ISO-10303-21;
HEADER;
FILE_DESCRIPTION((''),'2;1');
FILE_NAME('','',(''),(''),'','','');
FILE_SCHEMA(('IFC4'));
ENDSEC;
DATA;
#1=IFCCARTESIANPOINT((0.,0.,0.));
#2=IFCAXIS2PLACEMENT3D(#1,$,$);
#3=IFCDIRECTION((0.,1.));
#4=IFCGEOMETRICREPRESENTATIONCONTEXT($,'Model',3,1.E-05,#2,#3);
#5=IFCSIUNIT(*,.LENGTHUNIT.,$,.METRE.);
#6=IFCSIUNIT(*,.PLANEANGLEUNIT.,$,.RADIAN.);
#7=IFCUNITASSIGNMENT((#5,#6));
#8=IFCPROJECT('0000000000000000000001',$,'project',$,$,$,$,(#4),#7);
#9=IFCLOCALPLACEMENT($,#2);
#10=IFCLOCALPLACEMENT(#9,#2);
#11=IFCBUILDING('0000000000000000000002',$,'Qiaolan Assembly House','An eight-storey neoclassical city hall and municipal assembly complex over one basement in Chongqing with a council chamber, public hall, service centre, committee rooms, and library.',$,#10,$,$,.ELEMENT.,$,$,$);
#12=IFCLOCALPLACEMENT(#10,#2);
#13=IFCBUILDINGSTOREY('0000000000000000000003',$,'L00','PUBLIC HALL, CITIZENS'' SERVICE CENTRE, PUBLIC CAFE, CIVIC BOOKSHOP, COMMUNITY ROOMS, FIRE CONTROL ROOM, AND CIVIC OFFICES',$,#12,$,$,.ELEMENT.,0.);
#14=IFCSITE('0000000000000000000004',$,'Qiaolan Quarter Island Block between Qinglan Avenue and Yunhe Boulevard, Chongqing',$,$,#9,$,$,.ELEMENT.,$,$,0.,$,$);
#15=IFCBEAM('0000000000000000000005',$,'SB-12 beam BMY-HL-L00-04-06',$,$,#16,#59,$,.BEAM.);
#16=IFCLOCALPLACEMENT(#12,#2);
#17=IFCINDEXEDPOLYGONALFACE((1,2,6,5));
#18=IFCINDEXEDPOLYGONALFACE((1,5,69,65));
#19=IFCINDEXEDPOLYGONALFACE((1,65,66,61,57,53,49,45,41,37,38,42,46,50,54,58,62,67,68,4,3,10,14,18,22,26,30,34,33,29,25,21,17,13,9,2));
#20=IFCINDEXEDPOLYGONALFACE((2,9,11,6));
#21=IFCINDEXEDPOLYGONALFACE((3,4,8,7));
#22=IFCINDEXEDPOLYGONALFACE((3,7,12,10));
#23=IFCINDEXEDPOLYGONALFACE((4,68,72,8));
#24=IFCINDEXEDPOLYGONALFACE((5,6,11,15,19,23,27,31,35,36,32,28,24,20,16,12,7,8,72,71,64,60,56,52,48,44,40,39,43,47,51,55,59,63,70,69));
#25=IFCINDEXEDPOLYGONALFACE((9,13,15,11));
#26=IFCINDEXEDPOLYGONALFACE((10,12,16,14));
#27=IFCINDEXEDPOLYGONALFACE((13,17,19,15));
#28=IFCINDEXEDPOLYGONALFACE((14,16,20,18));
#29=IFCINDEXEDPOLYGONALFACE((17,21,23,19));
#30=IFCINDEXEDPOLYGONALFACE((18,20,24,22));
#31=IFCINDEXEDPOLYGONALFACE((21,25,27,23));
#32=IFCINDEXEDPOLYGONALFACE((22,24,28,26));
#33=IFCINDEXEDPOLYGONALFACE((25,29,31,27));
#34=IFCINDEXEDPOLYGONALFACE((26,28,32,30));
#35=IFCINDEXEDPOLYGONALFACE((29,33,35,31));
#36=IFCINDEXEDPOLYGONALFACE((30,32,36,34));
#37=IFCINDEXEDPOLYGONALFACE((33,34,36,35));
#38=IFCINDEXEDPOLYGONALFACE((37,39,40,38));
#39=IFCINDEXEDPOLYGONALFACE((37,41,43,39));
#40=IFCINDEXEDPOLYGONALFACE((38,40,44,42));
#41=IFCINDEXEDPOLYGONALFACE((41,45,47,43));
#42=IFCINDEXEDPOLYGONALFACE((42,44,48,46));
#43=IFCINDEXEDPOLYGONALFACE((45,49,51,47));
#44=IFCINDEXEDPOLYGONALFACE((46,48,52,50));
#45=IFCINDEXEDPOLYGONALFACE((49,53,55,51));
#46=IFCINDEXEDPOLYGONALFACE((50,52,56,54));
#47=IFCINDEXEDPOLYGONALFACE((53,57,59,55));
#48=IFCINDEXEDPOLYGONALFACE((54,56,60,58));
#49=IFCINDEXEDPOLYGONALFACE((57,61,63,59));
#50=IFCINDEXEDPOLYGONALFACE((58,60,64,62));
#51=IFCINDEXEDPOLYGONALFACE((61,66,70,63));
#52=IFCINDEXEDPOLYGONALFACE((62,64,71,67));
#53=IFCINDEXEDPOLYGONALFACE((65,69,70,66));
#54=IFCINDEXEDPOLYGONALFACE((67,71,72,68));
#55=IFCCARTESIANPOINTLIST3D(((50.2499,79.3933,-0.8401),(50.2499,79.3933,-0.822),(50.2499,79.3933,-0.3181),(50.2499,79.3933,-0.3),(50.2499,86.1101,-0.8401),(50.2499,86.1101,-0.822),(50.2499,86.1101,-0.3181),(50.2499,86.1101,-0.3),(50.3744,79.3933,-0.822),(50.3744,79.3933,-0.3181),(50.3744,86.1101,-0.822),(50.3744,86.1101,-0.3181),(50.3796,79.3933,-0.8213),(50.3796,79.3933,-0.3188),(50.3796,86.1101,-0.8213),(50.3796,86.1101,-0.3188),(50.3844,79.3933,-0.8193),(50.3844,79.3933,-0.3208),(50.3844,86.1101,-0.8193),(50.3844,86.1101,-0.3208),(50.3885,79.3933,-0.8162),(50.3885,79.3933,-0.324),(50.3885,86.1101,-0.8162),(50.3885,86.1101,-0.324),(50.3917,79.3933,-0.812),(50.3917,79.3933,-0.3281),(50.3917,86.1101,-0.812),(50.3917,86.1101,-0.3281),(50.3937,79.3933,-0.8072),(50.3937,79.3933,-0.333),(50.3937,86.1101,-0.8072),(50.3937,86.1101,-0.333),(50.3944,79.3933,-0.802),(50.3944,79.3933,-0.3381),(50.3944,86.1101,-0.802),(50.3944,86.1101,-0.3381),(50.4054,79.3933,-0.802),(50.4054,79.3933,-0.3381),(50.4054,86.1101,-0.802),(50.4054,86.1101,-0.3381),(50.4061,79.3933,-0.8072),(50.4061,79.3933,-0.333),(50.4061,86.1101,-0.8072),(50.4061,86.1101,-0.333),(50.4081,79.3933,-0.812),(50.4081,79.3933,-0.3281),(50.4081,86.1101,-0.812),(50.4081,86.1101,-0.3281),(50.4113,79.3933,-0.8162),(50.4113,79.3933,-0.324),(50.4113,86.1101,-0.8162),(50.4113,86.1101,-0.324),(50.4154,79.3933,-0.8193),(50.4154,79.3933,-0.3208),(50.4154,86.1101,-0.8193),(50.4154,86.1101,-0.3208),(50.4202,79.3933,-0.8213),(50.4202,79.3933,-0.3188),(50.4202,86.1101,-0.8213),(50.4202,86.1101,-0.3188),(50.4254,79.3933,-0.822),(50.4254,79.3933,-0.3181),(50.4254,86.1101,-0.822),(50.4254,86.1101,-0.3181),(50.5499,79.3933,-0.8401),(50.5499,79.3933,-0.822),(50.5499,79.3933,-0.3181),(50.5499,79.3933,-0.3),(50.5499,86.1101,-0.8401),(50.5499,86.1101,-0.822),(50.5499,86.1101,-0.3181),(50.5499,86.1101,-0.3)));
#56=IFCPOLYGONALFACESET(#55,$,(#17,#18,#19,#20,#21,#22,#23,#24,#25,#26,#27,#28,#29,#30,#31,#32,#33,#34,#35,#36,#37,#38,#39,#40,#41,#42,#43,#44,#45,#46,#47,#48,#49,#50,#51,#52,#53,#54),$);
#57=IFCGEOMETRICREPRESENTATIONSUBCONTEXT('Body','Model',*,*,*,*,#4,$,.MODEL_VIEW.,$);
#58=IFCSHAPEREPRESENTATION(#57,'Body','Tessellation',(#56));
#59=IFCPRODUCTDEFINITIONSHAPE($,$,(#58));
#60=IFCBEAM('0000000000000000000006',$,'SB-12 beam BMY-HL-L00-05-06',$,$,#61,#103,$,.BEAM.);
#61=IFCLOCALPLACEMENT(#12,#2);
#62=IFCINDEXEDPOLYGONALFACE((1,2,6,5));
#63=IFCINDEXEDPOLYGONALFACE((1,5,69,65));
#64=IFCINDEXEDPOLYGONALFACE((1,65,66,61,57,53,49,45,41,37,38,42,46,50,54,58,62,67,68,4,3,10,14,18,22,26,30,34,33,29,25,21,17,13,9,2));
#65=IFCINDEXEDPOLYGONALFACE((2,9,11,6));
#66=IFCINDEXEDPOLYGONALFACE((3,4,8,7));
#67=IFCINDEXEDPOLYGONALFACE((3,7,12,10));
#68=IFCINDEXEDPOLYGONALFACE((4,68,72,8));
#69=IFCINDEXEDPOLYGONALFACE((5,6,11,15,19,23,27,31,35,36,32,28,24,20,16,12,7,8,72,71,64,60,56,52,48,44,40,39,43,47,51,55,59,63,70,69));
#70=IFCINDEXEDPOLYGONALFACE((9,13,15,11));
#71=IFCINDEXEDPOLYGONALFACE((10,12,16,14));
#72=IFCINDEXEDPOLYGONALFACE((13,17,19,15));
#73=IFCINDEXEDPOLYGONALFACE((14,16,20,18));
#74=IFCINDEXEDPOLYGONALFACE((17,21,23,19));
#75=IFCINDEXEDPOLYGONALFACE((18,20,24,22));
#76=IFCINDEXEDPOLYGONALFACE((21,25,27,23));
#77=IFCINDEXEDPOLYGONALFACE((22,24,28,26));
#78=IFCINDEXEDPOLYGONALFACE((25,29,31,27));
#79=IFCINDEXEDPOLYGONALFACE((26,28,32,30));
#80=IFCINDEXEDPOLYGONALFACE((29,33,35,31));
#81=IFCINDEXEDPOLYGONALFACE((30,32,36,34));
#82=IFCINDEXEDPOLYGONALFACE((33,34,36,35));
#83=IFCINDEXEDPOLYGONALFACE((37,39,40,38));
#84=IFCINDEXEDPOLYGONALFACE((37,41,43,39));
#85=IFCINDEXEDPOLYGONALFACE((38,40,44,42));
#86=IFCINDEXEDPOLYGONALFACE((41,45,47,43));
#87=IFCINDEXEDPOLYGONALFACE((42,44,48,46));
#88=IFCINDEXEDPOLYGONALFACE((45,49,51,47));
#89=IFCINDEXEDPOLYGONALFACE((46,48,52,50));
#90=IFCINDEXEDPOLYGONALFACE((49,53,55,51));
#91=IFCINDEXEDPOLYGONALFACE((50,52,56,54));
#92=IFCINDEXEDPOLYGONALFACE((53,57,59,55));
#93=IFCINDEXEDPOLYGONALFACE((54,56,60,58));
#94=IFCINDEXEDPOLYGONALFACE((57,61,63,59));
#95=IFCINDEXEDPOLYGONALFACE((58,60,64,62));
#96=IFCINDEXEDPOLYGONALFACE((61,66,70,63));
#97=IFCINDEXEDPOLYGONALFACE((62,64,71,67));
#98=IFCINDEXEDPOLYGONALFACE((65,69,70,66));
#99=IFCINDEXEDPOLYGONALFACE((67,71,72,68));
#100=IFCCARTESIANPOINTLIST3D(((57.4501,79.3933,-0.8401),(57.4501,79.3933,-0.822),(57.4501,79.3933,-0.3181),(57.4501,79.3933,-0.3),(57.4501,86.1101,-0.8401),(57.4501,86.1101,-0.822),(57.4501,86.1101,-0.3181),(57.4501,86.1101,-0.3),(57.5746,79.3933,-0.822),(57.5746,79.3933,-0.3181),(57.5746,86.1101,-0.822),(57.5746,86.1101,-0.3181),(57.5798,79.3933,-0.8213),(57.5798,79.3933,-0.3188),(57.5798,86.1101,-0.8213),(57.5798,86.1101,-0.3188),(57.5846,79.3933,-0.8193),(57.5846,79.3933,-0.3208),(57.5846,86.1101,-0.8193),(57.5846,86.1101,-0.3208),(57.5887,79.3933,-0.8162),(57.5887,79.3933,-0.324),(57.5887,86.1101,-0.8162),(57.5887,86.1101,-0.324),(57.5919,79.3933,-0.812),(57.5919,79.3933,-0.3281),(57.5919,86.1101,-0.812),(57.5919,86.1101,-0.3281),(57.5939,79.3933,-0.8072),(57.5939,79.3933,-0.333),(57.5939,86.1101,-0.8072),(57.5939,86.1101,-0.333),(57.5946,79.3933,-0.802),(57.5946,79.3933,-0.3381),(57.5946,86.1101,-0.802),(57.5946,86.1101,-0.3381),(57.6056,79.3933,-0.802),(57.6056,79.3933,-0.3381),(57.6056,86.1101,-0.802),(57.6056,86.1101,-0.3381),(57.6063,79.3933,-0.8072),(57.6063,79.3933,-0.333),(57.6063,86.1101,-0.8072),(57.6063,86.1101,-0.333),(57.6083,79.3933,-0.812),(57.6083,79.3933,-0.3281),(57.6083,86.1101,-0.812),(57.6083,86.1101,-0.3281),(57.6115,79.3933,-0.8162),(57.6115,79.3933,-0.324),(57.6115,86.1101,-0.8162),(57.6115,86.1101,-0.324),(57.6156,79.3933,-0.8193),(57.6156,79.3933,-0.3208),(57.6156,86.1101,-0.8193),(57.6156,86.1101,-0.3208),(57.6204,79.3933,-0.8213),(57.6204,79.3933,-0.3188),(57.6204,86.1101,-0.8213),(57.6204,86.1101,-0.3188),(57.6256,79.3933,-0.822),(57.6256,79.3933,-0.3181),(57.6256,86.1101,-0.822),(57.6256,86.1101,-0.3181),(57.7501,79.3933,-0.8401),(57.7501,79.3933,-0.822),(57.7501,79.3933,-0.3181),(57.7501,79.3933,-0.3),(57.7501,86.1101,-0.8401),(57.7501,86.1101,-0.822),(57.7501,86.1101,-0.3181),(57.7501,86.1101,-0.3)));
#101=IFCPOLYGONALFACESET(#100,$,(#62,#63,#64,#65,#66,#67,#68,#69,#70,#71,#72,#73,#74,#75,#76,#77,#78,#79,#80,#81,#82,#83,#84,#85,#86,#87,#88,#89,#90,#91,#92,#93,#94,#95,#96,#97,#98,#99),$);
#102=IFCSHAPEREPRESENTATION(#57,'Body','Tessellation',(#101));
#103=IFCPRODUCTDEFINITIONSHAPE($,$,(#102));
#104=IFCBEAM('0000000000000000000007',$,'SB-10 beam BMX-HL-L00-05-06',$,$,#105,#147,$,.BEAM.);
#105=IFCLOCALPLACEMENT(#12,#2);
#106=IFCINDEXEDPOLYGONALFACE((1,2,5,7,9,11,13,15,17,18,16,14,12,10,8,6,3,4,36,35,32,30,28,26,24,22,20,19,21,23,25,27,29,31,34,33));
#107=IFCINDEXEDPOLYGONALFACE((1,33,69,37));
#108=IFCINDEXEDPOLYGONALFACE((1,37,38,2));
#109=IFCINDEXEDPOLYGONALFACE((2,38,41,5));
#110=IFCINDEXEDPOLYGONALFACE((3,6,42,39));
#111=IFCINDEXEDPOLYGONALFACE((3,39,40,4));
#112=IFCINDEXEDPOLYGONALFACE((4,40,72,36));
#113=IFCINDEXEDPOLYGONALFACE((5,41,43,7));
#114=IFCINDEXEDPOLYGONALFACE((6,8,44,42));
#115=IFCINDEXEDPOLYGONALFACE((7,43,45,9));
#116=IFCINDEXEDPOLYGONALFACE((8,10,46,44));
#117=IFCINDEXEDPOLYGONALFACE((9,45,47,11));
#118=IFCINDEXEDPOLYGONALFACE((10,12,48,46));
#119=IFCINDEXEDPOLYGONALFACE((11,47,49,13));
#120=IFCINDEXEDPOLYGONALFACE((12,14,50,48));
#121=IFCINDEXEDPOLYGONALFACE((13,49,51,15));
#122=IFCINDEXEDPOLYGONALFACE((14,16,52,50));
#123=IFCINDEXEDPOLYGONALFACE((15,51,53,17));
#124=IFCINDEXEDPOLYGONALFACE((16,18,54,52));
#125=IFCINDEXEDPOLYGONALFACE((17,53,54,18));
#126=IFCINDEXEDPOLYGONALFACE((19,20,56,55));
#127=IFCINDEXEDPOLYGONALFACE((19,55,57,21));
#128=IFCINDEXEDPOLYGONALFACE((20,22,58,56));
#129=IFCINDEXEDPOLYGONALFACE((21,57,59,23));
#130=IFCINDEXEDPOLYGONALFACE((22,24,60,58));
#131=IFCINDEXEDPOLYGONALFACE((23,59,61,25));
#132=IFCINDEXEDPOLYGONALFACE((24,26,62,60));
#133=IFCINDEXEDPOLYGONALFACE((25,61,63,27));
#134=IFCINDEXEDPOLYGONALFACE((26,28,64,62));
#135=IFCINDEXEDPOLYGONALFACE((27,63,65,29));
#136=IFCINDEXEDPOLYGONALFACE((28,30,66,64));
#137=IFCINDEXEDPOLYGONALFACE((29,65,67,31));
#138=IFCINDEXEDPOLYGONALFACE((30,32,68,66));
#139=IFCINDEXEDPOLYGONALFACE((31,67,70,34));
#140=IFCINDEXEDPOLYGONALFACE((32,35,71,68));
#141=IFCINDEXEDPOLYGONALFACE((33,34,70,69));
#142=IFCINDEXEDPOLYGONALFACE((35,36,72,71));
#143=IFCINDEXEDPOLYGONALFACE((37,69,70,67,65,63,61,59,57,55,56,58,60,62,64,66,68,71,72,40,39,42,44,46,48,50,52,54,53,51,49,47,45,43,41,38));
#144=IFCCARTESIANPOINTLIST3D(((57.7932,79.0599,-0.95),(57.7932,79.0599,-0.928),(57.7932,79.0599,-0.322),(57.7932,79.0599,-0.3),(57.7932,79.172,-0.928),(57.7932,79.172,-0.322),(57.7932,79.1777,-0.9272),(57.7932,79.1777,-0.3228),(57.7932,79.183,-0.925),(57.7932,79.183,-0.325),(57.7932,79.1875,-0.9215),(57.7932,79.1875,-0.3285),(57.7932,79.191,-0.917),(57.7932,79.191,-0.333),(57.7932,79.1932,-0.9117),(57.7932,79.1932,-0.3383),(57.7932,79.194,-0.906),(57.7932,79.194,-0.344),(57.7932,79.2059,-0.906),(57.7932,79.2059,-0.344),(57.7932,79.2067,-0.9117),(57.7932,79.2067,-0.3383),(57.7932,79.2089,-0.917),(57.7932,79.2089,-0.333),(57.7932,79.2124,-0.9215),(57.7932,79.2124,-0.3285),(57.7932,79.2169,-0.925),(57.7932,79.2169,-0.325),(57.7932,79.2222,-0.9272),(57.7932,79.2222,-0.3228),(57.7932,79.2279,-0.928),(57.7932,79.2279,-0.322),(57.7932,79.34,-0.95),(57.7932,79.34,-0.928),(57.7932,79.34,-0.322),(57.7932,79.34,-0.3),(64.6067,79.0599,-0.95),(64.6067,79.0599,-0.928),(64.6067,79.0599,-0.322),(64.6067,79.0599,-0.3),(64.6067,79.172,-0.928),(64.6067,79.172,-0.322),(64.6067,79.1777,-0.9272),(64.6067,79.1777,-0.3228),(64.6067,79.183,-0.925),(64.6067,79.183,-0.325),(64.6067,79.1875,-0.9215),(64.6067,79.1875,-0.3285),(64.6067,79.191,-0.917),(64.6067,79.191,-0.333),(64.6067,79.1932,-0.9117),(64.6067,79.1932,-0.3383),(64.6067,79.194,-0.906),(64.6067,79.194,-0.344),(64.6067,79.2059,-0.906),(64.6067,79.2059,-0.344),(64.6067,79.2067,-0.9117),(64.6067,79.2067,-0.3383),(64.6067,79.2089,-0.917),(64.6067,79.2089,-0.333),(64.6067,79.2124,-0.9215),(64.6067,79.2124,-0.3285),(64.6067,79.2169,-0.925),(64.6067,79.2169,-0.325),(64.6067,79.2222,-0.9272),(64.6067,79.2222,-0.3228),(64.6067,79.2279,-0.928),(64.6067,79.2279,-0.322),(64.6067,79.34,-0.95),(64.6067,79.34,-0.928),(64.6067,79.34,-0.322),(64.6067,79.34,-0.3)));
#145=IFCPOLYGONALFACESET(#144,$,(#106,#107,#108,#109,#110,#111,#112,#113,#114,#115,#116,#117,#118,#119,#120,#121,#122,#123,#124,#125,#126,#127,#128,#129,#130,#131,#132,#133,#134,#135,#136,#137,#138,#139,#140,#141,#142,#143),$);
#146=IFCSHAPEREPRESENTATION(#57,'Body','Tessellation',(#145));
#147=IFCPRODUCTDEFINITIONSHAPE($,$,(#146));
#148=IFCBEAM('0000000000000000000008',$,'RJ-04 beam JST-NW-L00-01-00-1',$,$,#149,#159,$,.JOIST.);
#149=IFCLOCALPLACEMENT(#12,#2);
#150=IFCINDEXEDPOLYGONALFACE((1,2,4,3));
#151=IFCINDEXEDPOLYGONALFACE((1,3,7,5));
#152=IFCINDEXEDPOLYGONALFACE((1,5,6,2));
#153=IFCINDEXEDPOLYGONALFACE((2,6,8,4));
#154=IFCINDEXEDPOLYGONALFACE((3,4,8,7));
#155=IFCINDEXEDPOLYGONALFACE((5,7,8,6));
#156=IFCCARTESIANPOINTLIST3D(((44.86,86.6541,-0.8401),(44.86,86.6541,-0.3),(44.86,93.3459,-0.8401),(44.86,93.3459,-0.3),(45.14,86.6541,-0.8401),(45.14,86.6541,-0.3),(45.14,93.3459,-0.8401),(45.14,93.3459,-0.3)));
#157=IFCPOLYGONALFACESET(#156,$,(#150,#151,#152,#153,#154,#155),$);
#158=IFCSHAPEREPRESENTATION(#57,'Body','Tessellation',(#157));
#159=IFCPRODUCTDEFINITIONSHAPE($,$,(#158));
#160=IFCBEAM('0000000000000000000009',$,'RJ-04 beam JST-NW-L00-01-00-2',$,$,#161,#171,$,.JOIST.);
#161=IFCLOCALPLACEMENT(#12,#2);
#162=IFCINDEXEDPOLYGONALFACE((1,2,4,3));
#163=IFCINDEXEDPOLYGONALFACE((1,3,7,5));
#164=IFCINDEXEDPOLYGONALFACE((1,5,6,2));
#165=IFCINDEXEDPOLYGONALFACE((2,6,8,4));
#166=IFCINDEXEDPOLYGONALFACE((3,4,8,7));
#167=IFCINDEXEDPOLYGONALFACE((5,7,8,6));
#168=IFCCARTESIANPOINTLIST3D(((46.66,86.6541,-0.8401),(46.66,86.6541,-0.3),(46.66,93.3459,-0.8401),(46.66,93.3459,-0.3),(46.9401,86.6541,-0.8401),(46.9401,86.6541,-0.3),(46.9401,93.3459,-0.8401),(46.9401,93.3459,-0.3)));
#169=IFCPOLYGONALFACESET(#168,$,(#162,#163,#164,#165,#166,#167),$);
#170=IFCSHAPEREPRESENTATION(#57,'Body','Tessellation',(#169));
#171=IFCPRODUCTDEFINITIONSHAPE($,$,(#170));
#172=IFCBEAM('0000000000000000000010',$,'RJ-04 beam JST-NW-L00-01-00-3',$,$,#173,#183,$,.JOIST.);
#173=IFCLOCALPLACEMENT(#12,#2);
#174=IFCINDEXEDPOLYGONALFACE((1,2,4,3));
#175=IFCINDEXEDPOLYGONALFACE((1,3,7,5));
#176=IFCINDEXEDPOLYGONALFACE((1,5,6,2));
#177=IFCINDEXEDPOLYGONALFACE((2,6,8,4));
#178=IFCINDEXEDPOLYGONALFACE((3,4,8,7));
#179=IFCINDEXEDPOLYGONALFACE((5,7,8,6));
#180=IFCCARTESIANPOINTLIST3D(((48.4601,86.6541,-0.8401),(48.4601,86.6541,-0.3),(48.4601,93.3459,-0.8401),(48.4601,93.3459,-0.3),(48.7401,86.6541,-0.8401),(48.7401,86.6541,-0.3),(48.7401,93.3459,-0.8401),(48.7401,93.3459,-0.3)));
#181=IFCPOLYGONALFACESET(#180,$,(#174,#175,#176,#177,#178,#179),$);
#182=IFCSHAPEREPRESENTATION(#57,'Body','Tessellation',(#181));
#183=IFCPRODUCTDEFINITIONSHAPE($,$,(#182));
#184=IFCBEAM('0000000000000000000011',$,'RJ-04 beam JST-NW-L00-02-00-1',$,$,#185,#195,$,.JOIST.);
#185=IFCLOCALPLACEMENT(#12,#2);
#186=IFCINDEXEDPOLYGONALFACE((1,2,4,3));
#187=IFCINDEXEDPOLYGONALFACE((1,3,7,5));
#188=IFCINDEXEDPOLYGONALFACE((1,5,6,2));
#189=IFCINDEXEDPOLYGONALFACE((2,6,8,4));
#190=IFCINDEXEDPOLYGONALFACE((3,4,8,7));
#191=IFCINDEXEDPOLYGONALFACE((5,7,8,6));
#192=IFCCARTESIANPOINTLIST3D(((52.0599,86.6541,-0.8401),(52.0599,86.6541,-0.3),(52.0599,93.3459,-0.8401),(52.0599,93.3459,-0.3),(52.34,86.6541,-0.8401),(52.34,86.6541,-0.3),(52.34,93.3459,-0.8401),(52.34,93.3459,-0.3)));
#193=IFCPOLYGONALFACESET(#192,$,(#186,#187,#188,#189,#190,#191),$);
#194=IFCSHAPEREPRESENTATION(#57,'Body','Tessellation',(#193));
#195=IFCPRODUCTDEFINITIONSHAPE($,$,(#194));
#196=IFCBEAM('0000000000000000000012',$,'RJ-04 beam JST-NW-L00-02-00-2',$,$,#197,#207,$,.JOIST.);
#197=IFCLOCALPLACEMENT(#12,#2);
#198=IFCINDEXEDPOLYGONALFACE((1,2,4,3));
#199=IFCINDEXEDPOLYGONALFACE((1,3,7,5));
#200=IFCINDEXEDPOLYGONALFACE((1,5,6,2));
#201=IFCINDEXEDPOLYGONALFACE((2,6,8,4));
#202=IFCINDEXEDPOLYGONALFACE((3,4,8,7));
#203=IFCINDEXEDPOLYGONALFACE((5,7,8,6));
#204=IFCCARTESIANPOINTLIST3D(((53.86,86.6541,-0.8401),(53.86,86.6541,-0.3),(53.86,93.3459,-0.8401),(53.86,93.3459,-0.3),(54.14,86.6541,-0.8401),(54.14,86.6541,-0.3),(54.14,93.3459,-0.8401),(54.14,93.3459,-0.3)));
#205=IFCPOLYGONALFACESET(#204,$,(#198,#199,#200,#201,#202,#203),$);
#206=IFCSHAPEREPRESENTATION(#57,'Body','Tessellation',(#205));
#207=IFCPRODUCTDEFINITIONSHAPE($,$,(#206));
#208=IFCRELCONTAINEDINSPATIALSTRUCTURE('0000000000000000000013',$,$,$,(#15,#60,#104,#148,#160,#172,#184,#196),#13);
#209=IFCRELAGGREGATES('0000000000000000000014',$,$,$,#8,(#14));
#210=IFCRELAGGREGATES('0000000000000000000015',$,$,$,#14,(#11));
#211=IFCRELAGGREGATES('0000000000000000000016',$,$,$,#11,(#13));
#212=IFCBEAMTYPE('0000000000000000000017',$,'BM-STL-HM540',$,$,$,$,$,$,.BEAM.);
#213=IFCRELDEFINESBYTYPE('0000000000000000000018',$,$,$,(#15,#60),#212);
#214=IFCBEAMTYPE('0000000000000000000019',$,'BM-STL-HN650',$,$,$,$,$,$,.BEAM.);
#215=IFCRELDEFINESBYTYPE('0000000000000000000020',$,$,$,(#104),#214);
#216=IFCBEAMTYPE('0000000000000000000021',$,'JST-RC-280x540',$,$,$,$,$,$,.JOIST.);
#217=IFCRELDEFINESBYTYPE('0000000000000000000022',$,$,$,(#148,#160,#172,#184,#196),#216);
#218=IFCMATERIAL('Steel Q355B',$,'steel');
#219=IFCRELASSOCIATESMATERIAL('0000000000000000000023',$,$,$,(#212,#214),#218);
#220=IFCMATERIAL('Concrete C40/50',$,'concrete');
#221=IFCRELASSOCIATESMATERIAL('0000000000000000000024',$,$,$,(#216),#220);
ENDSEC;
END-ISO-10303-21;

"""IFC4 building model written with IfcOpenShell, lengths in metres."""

from ifc_helpers import new_model, si_unit, direction, frame, origin, origin_2d, place, context, subcontext, project, spatial, rectangle, i_section, extrude, material, material_profile, profile_set, type_object, element, save


model = new_model("IFC4")

# Units and contexts
model_context = context("Model", 3, precision=1e-05, world=origin(), true_north=direction((0.0, 1.0)))
body_context = subcontext(model_context, "Body", "Model", "MODEL_VIEW")
ifc_project = project(units=[si_unit("LENGTHUNIT", "METRE"), si_unit("PLANEANGLEUNIT", "RADIAN")], contexts=[model_context])

# Site, building, storey
site_placement = place(None, origin())
site = spatial("IfcSite", under=ifc_project, at=site_placement, Name="Qiaolan Quarter Island Block between Qinglan Avenue and Yunhe Boulevard, Chongqing", CompositionType="ELEMENT", RefElevation=0.0)
building_placement = place(site_placement, origin())
building = spatial("IfcBuilding", under=site, at=building_placement, Name="Qiaolan Assembly House", Description="An eight-storey neoclassical city hall and municipal assembly complex over one basement in Chongqing with a council chamber, public hall, service centre, committee rooms, and library.", CompositionType="ELEMENT")
storey_placement = place(building_placement, origin())
storey = spatial("IfcBuildingStorey", under=building, at=storey_placement, Name="L00", Description="PUBLIC HALL, CITIZENS' SERVICE CENTRE, PUBLIC CAFE, CIVIC BOOKSHOP, COMMUNITY ROOMS, FIRE CONTROL ROOM, AND CIVIC OFFICES", CompositionType="ELEMENT", Elevation=0.0)

# Shared definitions
ifc_material_1 = material(Name="Steel Q355B", Category="steel")

# Beams
ifc_material_profile_1 = material_profile(ifc_material_1, i_section(OverallWidth=0.3, OverallDepth=0.54, WebThickness=0.011, FlangeThickness=0.0181, FilletRadius=0.02, at=origin_2d()), Name="HM 540x300x11x18")
ifc_profile_set_1 = profile_set([ifc_material_profile_1], Name="Steel Q355B")
beam_type_1 = type_object("IfcBeamType", Name="BM-STL-HM540", PredefinedType="BEAM", material=ifc_profile_set_1)
for number, where, z_axis, x_axis, name in (
    (1, (50.3999, 79.3933, -0.5701), (0.0, 1.0, 0.0), (-1.0, 0.0, 0.0), "SB-12 beam BMY-HL-L00-04-06"),
    (2, (57.6001, 79.3933, -0.5701), (0.0, 1.0, 0.0), (-1.0, 0.0, 0.0), "SB-12 beam BMY-HL-L00-05-06"),
):
    element("IfcBeam", number, at=place(storey_placement, frame(where, z_axis=z_axis, x_axis=x_axis)), inside=storey, type_object=beam_type_1, Name=name, PredefinedType="BEAM", context=body_context, shape_type="SweptSolid", body=[
        extrude(i_section(OverallWidth=0.3, OverallDepth=0.54, WebThickness=0.011, FlangeThickness=0.0181, FilletRadius=0.02, at=origin_2d()), origin(), (0.0, 0.0, 1.0), 6.7168),
    ])
ifc_material_profile_2 = material_profile(ifc_material_1, i_section(OverallWidth=0.28, OverallDepth=0.6499, WebThickness=0.012, FlangeThickness=0.022, FilletRadius=0.022, at=origin_2d()), Name="HN 650x280x12x22")
ifc_profile_set_2 = profile_set([ifc_material_profile_2], Name="Steel Q355B")
beam_type_2 = type_object("IfcBeamType", Name="BM-STL-HN650", PredefinedType="BEAM", material=ifc_profile_set_2)
beam_placement = place(storey_placement, frame((57.7932, 79.2, -0.625), z_axis=(1.0, 0.0, 0.0), x_axis=(0.0, 1.0, 0.0)))
element("IfcBeam", 3, at=beam_placement, inside=storey, type_object=beam_type_2, Name="SB-10 beam BMX-HL-L00-05-06", PredefinedType="BEAM", context=body_context, shape_type="SweptSolid", body=[
    extrude(i_section(OverallWidth=0.28, OverallDepth=0.6499, WebThickness=0.012, FlangeThickness=0.022, FilletRadius=0.022, at=origin_2d()), origin(), (0.0, 0.0, 1.0), 6.8135),
])
ifc_material_2 = material(Name="Concrete C40/50", Category="concrete")
ifc_material_profile_3 = material_profile(ifc_material_2, rectangle(XDim=0.28, YDim=0.54, at=origin_2d()), Name="RCB 280x540")
ifc_profile_set_3 = profile_set([ifc_material_profile_3], Name="Concrete C40/50")
beam_type_3 = type_object("IfcBeamType", Name="JST-RC-280x540", PredefinedType="JOIST", material=ifc_profile_set_3)
for number, where, z_axis, x_axis, name in (
    (4, (45.0, 86.6541, -0.5701), (0.0, 1.0, 0.0), (-1.0, 0.0, 0.0), "RJ-04 beam JST-NW-L00-01-00-1"),
    (5, (46.8, 86.6541, -0.5701), (0.0, 1.0, 0.0), (-1.0, 0.0, 0.0), "RJ-04 beam JST-NW-L00-01-00-2"),
    (6, (48.6001, 86.6541, -0.5701), (0.0, 1.0, 0.0), (-1.0, 0.0, 0.0), "RJ-04 beam JST-NW-L00-01-00-3"),
    (7, (52.2, 86.6541, -0.5701), (0.0, 1.0, 0.0), (-1.0, 0.0, 0.0), "RJ-04 beam JST-NW-L00-02-00-1"),
    (8, (54.0, 86.6541, -0.5701), (0.0, 1.0, 0.0), (-1.0, 0.0, 0.0), "RJ-04 beam JST-NW-L00-02-00-2"),
):
    element("IfcBeam", number, at=place(storey_placement, frame(where, z_axis=z_axis, x_axis=x_axis)), inside=storey, type_object=beam_type_3, Name=name, PredefinedType="JOIST", context=body_context, shape_type="SweptSolid", body=[
        extrude(rectangle(XDim=0.28, YDim=0.54, at=origin_2d()), origin(), (0.0, 0.0, 1.0), 6.6919),
    ])

save(model, "model.ifc")
